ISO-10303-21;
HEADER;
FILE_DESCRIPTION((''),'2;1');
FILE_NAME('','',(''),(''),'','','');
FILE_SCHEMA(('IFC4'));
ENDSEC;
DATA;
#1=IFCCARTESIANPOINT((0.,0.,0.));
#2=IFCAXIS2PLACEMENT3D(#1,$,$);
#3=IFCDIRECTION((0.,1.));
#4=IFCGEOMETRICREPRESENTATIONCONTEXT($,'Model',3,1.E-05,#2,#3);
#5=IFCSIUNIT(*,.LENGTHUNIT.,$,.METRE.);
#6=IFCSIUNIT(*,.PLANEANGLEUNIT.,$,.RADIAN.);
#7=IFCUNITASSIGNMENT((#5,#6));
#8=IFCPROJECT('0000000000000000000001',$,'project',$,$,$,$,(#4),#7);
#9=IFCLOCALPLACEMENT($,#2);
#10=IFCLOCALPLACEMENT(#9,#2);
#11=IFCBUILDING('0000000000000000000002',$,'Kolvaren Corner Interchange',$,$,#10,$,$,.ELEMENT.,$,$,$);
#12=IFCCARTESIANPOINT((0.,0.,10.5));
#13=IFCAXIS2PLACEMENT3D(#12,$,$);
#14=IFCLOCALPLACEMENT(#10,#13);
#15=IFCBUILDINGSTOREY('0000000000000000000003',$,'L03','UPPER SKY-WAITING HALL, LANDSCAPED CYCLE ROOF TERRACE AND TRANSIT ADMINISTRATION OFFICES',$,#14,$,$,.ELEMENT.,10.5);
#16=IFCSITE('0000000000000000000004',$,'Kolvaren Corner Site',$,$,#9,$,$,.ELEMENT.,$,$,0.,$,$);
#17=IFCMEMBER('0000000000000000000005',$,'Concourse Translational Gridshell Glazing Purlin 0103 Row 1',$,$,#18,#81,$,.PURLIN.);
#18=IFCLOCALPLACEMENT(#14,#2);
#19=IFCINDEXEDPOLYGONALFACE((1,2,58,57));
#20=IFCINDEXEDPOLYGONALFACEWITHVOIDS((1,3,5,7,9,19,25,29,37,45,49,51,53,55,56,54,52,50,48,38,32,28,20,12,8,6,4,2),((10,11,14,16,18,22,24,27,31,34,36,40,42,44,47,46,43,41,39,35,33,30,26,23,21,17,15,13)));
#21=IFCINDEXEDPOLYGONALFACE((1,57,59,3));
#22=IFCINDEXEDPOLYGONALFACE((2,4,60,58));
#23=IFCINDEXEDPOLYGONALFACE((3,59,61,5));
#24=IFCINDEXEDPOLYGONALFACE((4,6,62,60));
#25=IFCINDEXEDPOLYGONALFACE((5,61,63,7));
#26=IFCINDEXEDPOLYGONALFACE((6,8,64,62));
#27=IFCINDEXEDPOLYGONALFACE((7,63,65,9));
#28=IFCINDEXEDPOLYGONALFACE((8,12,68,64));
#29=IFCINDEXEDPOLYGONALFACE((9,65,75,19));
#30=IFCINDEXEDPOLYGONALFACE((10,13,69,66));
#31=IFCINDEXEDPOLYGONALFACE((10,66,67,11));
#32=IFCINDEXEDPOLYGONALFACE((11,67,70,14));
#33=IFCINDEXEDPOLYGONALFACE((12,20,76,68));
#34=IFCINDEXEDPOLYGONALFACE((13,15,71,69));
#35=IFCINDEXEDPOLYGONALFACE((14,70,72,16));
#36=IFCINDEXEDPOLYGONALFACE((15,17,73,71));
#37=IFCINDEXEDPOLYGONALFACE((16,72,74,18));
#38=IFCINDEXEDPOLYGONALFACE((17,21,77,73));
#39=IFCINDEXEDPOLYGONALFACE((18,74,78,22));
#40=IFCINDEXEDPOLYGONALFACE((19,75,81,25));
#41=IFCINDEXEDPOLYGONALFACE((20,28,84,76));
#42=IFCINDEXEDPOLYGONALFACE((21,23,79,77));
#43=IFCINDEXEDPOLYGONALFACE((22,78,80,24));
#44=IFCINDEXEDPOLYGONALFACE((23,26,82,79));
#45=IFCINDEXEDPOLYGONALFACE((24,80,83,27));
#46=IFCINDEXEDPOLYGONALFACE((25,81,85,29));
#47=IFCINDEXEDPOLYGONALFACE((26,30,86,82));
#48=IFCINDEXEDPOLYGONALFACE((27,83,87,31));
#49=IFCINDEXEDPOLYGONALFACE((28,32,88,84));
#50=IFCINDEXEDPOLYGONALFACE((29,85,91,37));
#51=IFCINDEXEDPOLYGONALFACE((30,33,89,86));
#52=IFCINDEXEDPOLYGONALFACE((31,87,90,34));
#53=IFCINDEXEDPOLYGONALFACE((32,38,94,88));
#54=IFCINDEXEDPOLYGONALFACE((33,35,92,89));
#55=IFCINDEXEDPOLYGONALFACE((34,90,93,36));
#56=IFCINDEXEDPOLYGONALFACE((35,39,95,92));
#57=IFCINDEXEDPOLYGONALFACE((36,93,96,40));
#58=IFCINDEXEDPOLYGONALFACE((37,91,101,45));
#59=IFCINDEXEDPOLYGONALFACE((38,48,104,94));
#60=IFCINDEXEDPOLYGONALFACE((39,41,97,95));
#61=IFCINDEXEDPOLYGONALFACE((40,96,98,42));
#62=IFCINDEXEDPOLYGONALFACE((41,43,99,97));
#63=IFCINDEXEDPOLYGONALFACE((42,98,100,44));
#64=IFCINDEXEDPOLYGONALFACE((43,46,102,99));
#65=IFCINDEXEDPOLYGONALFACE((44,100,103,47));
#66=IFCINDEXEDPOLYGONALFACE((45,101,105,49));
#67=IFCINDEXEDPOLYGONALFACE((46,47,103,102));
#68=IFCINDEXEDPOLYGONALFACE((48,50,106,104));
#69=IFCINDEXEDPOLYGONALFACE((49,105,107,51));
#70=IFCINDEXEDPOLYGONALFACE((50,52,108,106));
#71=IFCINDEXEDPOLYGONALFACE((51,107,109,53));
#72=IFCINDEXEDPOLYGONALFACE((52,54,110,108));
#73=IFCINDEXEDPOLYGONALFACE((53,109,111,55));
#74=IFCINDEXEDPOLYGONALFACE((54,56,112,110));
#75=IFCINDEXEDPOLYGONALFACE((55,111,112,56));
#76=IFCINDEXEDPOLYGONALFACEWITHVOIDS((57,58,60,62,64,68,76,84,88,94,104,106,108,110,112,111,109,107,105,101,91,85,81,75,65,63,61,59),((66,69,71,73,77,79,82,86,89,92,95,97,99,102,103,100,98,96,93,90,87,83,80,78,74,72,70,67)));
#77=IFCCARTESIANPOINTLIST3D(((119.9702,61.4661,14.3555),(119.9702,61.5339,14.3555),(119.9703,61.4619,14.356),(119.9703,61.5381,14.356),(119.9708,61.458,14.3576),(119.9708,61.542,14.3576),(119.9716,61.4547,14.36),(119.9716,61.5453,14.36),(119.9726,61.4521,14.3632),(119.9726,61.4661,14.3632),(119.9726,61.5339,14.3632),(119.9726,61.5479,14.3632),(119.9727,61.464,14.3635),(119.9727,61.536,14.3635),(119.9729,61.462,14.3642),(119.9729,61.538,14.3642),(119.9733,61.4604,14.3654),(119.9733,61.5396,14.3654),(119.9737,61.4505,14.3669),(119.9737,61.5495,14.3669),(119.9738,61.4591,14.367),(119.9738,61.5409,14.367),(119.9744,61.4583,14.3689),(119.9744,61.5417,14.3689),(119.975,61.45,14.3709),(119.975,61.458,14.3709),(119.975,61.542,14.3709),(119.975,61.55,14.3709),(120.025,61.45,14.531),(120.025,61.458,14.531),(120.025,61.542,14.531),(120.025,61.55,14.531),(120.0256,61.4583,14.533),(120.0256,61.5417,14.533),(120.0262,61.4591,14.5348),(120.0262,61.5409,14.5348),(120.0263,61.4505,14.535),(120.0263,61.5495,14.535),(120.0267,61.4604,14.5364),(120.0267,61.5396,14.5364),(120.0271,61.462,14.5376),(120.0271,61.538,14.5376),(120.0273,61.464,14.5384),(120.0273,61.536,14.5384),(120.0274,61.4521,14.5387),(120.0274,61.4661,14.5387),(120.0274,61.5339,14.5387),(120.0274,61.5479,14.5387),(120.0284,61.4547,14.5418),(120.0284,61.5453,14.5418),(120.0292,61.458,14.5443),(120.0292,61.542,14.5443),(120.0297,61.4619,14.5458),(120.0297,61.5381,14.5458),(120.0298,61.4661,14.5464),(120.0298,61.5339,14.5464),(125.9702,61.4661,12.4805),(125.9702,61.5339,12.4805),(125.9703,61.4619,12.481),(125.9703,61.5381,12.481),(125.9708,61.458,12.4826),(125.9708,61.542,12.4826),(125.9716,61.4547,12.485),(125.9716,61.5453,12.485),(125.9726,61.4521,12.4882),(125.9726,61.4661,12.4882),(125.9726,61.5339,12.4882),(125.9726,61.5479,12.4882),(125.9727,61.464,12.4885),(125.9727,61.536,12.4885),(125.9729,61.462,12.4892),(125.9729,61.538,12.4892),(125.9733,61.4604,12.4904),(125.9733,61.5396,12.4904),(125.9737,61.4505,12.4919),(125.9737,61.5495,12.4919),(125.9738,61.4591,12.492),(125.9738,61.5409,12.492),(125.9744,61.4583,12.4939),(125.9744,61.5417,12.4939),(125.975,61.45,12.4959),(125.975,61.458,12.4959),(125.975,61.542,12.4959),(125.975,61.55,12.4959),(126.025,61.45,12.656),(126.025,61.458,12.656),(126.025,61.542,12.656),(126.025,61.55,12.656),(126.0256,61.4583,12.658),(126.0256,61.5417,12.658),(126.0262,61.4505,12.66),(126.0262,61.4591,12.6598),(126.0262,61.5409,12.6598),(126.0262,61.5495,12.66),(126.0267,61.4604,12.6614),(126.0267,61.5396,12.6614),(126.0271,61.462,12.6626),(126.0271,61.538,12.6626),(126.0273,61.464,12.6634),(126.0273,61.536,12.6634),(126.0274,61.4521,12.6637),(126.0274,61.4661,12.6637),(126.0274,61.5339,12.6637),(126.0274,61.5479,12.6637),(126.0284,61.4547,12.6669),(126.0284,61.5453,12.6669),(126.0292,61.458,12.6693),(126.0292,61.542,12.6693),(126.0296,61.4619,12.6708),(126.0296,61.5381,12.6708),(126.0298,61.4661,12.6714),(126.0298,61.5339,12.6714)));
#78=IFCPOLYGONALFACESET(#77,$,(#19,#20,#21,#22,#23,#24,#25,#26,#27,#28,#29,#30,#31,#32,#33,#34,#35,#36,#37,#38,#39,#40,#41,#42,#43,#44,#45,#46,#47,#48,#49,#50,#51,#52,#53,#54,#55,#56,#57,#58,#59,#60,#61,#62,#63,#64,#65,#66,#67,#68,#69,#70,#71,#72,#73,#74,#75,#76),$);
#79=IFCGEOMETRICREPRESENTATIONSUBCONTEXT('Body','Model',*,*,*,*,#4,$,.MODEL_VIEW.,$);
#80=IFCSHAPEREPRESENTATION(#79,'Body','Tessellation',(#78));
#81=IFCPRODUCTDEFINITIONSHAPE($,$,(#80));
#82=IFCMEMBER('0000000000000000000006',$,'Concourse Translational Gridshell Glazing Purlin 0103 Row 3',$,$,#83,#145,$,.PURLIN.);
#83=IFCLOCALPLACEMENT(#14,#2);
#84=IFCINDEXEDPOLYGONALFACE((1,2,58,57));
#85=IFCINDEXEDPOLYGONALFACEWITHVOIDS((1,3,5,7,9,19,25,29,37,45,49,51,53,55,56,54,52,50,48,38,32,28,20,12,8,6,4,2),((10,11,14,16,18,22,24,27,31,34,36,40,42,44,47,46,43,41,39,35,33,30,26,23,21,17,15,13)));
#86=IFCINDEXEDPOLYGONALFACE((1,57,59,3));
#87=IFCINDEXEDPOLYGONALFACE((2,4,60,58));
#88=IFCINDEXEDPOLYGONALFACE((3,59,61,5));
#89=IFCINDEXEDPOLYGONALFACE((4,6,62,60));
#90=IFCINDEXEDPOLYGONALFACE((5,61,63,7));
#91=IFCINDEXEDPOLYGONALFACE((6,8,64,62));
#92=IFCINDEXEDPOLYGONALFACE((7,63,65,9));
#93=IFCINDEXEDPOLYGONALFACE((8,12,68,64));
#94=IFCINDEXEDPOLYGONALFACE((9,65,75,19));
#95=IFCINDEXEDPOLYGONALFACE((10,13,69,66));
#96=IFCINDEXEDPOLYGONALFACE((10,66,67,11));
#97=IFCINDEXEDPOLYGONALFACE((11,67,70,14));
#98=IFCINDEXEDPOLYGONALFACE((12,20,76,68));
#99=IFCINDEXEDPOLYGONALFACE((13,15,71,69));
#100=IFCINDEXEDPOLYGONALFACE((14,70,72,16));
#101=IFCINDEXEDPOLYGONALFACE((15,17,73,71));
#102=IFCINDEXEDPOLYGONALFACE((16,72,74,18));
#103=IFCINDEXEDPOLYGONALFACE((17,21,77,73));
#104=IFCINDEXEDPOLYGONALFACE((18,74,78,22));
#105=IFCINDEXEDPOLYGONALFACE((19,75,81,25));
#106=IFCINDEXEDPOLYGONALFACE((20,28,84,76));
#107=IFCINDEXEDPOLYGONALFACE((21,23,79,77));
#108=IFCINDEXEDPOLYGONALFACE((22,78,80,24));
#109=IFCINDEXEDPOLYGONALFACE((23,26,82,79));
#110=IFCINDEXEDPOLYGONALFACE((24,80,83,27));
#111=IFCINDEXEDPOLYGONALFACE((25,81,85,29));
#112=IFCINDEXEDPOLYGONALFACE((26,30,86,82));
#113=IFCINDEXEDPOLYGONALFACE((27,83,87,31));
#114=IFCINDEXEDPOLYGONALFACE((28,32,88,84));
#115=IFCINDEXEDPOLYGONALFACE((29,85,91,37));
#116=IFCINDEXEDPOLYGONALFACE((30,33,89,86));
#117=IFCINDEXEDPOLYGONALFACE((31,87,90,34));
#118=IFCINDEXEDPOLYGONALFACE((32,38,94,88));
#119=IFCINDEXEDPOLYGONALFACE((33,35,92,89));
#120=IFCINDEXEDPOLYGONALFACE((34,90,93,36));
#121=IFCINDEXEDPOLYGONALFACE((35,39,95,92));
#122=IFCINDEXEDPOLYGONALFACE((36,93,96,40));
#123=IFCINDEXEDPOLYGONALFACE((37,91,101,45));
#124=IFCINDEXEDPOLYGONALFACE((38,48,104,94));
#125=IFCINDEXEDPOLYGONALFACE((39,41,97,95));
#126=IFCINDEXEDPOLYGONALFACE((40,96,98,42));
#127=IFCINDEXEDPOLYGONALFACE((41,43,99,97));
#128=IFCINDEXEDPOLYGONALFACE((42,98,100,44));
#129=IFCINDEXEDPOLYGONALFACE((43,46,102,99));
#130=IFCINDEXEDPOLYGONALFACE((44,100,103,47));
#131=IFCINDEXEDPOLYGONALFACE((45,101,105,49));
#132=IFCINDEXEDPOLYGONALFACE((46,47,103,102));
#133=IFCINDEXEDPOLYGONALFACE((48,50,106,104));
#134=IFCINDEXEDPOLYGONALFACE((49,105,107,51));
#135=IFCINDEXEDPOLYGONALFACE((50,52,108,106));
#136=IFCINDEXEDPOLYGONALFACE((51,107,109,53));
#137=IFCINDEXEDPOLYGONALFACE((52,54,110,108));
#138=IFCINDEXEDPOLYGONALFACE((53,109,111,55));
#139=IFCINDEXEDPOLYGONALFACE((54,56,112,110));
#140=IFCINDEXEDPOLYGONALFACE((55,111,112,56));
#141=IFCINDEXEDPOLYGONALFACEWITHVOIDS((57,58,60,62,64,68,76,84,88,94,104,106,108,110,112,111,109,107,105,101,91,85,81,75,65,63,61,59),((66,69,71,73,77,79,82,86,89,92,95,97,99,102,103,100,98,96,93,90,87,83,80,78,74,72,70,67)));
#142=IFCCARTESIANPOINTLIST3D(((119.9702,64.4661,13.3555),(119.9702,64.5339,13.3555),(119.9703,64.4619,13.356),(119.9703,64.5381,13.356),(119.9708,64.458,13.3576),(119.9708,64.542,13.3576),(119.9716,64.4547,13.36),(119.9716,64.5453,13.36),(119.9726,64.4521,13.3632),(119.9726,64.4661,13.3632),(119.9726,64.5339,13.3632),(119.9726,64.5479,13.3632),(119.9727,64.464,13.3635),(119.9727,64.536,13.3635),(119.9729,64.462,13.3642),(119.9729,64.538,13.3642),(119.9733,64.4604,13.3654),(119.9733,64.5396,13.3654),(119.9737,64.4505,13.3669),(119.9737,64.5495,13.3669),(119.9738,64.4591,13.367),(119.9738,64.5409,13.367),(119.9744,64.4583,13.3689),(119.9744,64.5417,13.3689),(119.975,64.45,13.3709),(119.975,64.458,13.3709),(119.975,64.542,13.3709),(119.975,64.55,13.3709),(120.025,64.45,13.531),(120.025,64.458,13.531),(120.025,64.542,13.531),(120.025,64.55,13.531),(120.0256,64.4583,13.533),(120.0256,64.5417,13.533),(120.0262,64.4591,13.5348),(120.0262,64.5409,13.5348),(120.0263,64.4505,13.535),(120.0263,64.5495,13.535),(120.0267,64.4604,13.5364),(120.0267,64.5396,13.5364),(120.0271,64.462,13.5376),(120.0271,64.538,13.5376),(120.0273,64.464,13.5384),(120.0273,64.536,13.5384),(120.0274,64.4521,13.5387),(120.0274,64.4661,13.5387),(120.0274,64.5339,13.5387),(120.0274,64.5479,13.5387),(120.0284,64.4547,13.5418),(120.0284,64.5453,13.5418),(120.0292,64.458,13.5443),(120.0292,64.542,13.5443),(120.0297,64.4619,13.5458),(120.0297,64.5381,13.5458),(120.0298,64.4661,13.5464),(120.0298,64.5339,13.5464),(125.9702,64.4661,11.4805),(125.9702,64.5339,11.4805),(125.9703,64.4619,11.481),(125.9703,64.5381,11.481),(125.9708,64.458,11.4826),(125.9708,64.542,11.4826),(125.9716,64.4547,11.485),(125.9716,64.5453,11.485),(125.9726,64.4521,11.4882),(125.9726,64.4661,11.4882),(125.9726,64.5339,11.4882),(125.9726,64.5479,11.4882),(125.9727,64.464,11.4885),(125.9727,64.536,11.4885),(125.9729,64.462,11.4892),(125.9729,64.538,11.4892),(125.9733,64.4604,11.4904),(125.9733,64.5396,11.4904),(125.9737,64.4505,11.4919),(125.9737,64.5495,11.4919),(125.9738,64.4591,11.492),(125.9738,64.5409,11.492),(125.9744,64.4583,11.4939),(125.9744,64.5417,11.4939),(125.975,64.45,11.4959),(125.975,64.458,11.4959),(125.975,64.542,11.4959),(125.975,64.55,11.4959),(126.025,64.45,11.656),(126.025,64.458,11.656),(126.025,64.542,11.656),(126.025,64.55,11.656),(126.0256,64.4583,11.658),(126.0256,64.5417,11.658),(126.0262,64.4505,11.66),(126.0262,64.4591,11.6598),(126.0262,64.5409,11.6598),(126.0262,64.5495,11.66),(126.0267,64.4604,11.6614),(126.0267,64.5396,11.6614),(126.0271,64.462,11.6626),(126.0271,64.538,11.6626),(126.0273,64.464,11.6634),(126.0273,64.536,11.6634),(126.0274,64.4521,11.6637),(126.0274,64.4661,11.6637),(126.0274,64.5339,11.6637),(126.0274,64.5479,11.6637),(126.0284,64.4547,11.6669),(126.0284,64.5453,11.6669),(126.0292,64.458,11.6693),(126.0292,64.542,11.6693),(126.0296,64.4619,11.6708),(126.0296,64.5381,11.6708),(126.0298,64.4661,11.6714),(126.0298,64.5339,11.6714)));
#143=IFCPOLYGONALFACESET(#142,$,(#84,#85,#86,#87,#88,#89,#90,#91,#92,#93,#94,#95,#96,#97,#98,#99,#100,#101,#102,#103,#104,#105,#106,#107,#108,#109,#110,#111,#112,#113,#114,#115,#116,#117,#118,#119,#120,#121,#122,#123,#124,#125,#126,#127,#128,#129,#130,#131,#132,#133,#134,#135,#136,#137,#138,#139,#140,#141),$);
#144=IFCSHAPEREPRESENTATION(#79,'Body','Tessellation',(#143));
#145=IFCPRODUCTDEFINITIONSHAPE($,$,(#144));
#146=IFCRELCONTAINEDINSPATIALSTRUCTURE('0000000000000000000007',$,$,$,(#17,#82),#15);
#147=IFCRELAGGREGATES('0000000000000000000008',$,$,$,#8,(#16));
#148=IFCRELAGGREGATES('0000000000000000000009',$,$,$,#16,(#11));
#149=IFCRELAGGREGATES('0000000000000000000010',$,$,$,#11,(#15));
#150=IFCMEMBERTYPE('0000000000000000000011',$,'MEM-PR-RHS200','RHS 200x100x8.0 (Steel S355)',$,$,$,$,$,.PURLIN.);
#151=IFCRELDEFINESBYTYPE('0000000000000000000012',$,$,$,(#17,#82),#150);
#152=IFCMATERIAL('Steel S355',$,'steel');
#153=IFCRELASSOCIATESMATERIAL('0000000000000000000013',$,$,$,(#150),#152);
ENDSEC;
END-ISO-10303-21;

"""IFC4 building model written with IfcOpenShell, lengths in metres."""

from ifc_helpers import new_model, si_unit, direction, frame, origin, origin_2d, place, context, subcontext, project, spatial, hollow_rectangle, extrude, material, material_profile, profile_set, type_object, element, save


model = new_model("IFC4")

# Units and contexts
model_context = context("Model", 3, precision=1e-05, world=origin(), true_north=direction((0.0, 1.0)))
body_context = subcontext(model_context, "Body", "Model", "MODEL_VIEW")
ifc_project = project(units=[si_unit("LENGTHUNIT", "METRE"), si_unit("PLANEANGLEUNIT", "RADIAN")], contexts=[model_context])

# Site, building, storey
site_placement = place(None, origin())
site = spatial("IfcSite", under=ifc_project, at=site_placement, Name="Kolvaren Corner Site", CompositionType="ELEMENT", RefElevation=0.0)
building_placement = place(site_placement, origin())
building = spatial("IfcBuilding", under=site, at=building_placement, Name="Kolvaren Corner Interchange", CompositionType="ELEMENT")
storey_placement = place(building_placement, frame((0.0, 0.0, 10.5)))
storey = spatial("IfcBuildingStorey", under=building, at=storey_placement, Name="L03", Description="UPPER SKY-WAITING HALL, LANDSCAPED CYCLE ROOF TERRACE AND TRANSIT ADMINISTRATION OFFICES", CompositionType="ELEMENT", Elevation=10.5)

# Members
ifc_material_1 = material(Name="Steel S355", Category="steel")
ifc_material_profile_1 = material_profile(ifc_material_1, hollow_rectangle(XDim=0.1001, YDim=0.2, WallThickness=0.0081, InnerFilletRadius=0.0081, OuterFilletRadius=0.0161, at=origin_2d()), Name="RHS 200x100x8.0")
ifc_profile_set_1 = profile_set([ifc_material_profile_1], Name="Steel S355")
member_type_1 = type_object("IfcMemberType", Name="MEM-PR-RHS200", Description="RHS 200x100x8.0 (Steel S355)", PredefinedType="PURLIN", material=ifc_profile_set_1)
for number, where, z_axis, x_axis, name in (
    (1, (120.0, 61.5, 14.4509), (0.95448, 0.0, -0.298275), (0.0, 1.0, 0.0), "Concourse Translational Gridshell Glazing Purlin 0103 Row 1"),
    (2, (120.0, 64.5, 13.4509), (0.95448, 0.0, -0.298275), (0.0, 1.0, 0.0), "Concourse Translational Gridshell Glazing Purlin 0103 Row 3"),
):
    element("IfcMember", number, at=place(storey_placement, frame(where, z_axis=z_axis, x_axis=x_axis)), inside=storey, type_object=member_type_1, Name=name, PredefinedType="PURLIN", context=body_context, shape_type="SweptSolid", body=[
        extrude(hollow_rectangle(XDim=0.1001, YDim=0.2, WallThickness=0.0081, InnerFilletRadius=0.0081, OuterFilletRadius=0.0161, at=origin_2d()), origin(), (0.0, 0.0, 1.0), 6.2861),
    ])

save(model, "model.ifc")
